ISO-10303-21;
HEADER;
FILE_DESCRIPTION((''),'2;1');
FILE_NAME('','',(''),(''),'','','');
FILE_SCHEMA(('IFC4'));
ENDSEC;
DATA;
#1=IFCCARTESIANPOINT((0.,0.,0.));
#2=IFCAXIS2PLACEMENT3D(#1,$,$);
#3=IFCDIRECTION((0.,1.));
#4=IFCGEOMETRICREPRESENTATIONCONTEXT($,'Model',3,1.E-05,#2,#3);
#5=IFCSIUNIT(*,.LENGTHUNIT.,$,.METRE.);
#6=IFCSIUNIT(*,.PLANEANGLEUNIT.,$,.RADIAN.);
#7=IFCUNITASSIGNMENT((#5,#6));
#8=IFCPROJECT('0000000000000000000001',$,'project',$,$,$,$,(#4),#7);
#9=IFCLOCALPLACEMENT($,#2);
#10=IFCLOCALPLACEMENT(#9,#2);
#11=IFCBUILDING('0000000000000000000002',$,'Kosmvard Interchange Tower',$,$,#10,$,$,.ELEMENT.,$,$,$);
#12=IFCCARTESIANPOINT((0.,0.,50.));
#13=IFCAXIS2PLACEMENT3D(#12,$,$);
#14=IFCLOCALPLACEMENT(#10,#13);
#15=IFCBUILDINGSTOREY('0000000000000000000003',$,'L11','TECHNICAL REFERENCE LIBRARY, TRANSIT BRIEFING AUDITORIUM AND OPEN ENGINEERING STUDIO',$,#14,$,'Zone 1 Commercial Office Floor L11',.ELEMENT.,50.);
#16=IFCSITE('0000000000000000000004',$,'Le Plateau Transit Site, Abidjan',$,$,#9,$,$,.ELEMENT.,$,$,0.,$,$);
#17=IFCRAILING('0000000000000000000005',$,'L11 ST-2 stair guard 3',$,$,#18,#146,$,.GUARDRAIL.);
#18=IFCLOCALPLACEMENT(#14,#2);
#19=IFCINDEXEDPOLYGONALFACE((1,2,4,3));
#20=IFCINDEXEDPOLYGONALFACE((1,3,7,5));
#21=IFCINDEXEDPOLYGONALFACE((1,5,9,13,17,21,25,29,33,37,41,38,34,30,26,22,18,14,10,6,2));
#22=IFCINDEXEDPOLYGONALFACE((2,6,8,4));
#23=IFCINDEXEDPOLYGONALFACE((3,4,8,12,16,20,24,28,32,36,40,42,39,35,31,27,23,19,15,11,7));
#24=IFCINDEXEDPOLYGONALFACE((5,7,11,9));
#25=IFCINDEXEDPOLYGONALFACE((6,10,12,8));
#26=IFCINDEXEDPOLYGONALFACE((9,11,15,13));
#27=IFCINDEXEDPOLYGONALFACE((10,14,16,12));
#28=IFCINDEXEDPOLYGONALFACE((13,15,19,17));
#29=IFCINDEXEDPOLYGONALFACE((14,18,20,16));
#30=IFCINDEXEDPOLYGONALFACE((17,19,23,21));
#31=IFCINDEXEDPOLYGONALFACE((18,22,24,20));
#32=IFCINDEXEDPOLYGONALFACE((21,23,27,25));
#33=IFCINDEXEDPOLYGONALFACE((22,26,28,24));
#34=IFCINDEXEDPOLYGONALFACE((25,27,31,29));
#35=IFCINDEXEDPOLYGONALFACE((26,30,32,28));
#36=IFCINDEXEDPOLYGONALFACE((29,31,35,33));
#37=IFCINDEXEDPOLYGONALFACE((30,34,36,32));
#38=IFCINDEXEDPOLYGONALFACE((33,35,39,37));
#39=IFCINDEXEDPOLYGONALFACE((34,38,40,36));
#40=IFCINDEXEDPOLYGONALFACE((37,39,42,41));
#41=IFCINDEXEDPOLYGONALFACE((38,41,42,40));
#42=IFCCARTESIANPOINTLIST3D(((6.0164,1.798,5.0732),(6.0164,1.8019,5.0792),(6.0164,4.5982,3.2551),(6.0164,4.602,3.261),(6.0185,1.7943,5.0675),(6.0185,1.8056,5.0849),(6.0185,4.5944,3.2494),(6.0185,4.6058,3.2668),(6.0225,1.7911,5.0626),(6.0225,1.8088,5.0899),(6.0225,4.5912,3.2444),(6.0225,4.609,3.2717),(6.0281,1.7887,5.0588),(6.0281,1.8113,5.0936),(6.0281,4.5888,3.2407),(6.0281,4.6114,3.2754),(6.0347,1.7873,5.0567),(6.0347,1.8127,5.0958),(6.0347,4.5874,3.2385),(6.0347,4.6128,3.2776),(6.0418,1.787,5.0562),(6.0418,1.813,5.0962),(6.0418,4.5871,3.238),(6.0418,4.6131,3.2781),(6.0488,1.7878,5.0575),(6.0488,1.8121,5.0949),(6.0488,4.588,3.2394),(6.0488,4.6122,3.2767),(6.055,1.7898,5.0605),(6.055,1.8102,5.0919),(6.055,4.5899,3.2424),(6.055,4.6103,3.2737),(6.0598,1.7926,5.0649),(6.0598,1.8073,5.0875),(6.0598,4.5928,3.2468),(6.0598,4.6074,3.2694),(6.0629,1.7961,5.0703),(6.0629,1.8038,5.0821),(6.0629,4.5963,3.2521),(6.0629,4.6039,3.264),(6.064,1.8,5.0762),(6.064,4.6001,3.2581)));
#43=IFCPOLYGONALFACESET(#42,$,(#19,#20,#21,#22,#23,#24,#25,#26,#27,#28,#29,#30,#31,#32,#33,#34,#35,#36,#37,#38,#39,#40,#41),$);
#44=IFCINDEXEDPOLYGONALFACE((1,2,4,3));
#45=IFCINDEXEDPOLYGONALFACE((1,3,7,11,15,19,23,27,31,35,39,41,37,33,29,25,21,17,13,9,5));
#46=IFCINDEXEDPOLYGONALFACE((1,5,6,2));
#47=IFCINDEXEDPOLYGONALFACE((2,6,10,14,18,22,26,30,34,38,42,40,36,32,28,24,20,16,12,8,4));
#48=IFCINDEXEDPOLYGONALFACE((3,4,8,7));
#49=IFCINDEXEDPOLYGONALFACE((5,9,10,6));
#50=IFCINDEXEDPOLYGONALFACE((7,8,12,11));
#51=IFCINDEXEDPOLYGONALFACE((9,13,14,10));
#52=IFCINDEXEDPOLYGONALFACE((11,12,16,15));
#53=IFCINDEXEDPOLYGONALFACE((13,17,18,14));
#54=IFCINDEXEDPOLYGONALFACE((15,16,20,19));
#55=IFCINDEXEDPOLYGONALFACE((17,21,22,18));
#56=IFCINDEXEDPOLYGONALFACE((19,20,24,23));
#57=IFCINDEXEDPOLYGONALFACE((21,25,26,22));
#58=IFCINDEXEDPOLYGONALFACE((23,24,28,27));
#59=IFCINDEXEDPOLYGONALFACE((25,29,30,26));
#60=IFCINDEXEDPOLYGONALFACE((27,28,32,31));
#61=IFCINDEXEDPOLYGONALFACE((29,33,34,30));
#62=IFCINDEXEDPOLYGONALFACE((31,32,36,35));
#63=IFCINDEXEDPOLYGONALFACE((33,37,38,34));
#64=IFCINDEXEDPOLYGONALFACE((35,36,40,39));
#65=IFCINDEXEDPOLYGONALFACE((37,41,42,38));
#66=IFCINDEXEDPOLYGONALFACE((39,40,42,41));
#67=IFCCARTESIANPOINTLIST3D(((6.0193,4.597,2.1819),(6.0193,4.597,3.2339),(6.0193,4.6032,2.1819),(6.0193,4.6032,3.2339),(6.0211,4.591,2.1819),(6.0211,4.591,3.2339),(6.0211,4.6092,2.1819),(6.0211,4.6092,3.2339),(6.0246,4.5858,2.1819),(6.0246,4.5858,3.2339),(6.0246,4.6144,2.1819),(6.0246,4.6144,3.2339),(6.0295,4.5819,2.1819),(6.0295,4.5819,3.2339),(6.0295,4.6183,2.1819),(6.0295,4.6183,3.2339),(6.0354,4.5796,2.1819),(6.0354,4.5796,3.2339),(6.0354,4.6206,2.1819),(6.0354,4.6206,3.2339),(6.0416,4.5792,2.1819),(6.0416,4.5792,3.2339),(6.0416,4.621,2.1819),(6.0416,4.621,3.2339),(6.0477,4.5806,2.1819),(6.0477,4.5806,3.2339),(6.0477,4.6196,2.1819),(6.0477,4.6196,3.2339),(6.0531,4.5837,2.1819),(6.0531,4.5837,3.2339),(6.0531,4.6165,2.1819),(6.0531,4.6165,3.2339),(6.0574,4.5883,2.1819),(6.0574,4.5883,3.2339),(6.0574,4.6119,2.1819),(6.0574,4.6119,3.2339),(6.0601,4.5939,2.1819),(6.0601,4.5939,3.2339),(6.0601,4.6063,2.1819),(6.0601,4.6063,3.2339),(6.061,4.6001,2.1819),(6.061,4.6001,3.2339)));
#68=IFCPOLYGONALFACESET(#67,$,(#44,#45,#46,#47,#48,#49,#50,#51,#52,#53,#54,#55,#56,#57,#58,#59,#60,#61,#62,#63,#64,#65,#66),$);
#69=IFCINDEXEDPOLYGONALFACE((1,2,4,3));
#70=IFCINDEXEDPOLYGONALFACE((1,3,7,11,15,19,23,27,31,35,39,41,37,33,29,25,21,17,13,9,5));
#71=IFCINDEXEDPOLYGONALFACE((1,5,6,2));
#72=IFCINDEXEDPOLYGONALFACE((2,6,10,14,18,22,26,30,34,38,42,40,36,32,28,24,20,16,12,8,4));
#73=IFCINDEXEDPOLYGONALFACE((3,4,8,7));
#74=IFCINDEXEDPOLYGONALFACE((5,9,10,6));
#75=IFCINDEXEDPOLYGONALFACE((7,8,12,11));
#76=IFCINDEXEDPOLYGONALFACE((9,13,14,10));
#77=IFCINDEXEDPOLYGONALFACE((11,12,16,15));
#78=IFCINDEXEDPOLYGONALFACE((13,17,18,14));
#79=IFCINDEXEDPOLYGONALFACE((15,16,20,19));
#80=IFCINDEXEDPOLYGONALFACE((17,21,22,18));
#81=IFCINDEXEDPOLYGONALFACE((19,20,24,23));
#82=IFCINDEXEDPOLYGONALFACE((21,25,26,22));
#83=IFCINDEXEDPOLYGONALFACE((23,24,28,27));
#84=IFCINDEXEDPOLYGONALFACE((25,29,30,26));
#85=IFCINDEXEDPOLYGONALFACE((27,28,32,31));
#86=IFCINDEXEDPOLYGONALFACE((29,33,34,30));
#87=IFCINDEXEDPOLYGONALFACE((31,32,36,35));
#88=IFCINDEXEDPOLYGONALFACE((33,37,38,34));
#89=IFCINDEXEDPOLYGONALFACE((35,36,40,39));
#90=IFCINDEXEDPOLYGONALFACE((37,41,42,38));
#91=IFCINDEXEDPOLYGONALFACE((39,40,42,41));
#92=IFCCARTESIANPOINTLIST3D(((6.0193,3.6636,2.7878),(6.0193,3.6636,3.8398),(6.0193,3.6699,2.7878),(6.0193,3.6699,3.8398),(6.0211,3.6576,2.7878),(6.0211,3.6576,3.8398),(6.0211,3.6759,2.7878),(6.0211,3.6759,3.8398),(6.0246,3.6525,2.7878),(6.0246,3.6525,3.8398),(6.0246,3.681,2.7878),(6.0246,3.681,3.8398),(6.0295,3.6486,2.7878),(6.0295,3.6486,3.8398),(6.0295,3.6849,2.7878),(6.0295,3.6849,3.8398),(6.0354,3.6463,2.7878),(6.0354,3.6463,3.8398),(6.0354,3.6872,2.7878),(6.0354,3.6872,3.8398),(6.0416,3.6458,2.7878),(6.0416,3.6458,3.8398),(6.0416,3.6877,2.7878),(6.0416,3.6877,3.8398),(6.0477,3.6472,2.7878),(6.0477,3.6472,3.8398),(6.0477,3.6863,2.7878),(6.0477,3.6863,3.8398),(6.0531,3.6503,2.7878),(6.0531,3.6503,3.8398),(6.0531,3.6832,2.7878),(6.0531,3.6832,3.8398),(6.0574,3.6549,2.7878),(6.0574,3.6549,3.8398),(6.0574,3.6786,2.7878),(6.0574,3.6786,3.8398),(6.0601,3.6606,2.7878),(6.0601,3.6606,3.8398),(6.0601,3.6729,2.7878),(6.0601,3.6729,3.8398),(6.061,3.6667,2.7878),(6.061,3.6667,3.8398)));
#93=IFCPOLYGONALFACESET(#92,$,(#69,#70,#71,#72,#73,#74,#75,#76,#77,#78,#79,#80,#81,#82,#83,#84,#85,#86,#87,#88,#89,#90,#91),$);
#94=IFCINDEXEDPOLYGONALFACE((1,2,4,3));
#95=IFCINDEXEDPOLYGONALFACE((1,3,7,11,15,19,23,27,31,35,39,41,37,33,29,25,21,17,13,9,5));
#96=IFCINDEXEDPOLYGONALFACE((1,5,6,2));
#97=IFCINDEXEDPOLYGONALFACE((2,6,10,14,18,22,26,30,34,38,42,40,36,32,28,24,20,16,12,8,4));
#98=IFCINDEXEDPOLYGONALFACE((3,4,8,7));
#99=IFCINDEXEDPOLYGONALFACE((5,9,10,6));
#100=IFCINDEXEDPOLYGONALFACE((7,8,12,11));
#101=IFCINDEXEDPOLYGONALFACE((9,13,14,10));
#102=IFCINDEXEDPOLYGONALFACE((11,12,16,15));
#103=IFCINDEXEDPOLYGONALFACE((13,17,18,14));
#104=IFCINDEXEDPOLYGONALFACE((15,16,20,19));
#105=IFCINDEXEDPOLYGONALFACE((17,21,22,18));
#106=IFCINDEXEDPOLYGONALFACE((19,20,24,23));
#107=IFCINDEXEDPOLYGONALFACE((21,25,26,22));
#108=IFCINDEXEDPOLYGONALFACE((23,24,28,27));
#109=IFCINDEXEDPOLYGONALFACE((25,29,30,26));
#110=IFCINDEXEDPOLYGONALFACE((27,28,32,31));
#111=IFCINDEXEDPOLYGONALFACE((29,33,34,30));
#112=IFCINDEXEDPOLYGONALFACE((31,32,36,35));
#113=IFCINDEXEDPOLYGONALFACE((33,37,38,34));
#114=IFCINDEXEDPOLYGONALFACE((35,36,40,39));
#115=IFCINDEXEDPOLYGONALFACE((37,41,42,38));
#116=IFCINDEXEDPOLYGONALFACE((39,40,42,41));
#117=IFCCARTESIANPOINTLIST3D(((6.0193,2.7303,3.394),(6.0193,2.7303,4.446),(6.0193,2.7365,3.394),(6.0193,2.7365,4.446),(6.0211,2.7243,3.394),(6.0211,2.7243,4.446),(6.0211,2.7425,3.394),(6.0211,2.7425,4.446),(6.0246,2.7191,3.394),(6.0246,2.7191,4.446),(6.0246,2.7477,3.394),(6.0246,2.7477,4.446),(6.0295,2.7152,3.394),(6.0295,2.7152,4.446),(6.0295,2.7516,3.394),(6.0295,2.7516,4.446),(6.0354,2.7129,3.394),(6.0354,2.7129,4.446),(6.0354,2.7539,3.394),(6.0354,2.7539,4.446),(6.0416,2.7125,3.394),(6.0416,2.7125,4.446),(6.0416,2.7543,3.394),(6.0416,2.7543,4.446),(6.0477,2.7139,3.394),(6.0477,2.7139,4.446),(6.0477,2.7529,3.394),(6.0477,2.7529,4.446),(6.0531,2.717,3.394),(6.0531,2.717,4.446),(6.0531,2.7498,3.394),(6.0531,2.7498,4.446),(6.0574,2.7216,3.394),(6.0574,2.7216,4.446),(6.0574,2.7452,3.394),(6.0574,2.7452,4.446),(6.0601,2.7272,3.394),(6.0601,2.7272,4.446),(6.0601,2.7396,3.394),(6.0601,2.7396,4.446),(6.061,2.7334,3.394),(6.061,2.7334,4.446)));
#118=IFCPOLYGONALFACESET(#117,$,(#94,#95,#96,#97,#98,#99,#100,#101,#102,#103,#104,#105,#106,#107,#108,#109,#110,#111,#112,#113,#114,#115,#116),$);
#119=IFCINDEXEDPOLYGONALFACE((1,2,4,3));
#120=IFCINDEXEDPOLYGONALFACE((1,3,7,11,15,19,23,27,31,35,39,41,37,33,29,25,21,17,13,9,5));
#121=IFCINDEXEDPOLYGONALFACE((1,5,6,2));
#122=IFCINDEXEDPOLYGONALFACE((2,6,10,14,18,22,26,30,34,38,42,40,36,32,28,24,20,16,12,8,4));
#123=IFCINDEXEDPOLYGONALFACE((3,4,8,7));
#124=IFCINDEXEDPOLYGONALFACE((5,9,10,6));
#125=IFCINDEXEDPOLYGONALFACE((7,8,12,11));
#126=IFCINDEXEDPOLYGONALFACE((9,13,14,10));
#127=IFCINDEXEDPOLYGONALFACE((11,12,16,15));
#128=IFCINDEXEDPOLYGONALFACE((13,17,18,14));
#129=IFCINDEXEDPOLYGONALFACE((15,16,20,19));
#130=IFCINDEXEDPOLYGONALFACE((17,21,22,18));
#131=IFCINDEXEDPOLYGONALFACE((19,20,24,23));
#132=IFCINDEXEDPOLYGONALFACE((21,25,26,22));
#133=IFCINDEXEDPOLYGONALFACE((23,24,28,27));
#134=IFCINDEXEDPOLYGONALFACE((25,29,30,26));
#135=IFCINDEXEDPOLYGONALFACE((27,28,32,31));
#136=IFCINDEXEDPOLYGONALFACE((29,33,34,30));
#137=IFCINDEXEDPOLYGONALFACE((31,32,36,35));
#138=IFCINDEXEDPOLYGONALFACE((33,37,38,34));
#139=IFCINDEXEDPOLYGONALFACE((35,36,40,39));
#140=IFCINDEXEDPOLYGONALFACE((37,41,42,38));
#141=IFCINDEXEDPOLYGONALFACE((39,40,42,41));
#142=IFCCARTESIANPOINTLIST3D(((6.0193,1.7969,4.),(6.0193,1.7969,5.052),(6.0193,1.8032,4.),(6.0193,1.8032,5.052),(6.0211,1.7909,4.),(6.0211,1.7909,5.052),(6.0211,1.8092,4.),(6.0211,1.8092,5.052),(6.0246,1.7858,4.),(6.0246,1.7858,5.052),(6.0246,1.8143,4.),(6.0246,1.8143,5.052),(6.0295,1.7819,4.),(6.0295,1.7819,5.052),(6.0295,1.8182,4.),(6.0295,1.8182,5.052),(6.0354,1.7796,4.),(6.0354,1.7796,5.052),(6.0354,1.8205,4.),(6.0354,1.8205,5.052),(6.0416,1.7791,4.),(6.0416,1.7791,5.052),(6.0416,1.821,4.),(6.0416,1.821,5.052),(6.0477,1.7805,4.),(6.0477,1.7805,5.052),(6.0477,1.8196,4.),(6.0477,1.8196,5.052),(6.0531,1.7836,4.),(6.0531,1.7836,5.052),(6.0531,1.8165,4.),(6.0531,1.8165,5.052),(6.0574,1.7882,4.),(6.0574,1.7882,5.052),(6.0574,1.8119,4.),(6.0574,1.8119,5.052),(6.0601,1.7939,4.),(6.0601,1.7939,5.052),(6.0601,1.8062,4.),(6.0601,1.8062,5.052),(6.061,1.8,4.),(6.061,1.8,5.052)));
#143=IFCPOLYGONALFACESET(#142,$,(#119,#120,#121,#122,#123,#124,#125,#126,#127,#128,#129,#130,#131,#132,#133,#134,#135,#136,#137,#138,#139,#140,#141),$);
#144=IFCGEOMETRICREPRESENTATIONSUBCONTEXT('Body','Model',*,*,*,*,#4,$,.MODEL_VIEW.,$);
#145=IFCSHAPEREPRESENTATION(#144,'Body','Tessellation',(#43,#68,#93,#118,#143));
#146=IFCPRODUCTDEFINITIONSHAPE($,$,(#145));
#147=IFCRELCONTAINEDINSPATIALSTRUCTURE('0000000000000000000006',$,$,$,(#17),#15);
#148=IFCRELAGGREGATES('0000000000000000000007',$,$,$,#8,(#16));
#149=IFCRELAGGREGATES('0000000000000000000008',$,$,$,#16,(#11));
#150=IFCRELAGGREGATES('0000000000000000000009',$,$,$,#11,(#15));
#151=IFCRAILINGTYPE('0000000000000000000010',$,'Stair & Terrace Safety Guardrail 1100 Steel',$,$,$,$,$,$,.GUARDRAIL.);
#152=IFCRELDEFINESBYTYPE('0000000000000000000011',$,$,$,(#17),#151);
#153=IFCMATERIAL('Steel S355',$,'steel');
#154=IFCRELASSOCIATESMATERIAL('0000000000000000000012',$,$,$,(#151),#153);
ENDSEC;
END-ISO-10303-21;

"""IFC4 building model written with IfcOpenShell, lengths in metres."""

from ifc_helpers import new_model, si_unit, direction, frame, origin, origin_2d, place, context, subcontext, project, spatial, circle, extrude, source, transform, mapped, material, type_object, element, save


model = new_model("IFC4")

# Units and contexts
model_context = context("Model", 3, precision=1e-05, world=origin(), true_north=direction((0.0, 1.0)))
body_context = subcontext(model_context, "Body", "Model", "MODEL_VIEW")
ifc_project = project(units=[si_unit("LENGTHUNIT", "METRE"), si_unit("PLANEANGLEUNIT", "RADIAN")], contexts=[model_context])

# Site, building, storey
site_placement = place(None, origin())
site = spatial("IfcSite", under=ifc_project, at=site_placement, Name="Le Plateau Transit Site, Abidjan", CompositionType="ELEMENT", RefElevation=0.0)
building_placement = place(site_placement, origin())
building = spatial("IfcBuilding", under=site, at=building_placement, Name="Kosmvard Interchange Tower", CompositionType="ELEMENT")
storey_placement = place(building_placement, frame((0.0, 0.0, 50.0)))
storey = spatial("IfcBuildingStorey", under=building, at=storey_placement, Name="L11", Description="TECHNICAL REFERENCE LIBRARY, TRANSIT BRIEFING AUDITORIUM AND OPEN ENGINEERING STUDIO", LongName="Zone 1 Commercial Office Floor L11", CompositionType="ELEMENT", Elevation=50.0)

# Shared definitions
ifc_material_1 = material(Name="Steel S355", Category="steel")

# Railing
railing_type_1 = type_object("IfcRailingType", Name="Stair & Terrace Safety Guardrail 1100 Steel", PredefinedType="GUARDRAIL", material=ifc_material_1)
shared_shape_1 = source(origin(), body_context, "Body", "SweptSolid", [
    extrude(circle(Radius=0.0239, at=origin_2d()), frame((0.0, 0.0, 1.0762), z_axis=(0.0, -0.838706, 0.544585), x_axis=(1.0, 0.0, 0.0)), (0.0, 0.0, 1.0), 3.3386),
    extrude(circle(Radius=0.021, at=origin_2d()), origin(), (0.0, 0.0, 1.0), 1.052),
    extrude(circle(Radius=0.021, at=origin_2d()), frame((0.0, -0.9333, 0.606)), (0.0, 0.0, 1.0), 1.052),
    extrude(circle(Radius=0.021, at=origin_2d()), frame((0.0, -1.8667, 1.2122)), (0.0, 0.0, 1.0), 1.052),
    extrude(circle(Radius=0.021, at=origin_2d()), frame((0.0, -2.8, 1.8181)), (0.0, 0.0, 1.0), 1.052),
])
railing_1_placement = place(storey_placement, frame((6.04, 4.6001, 2.1819)))
element("IfcRailing", 1, at=railing_1_placement, inside=storey, type_object=railing_type_1, Name="L11 ST-2 stair guard 3", PredefinedType="GUARDRAIL", context=body_context, shape_type="MappedRepresentation", body=[
    mapped(shared_shape_1, transform((0.0, 0.0, 0.0), scale=1.0)),
])

save(model, "model.ifc")
